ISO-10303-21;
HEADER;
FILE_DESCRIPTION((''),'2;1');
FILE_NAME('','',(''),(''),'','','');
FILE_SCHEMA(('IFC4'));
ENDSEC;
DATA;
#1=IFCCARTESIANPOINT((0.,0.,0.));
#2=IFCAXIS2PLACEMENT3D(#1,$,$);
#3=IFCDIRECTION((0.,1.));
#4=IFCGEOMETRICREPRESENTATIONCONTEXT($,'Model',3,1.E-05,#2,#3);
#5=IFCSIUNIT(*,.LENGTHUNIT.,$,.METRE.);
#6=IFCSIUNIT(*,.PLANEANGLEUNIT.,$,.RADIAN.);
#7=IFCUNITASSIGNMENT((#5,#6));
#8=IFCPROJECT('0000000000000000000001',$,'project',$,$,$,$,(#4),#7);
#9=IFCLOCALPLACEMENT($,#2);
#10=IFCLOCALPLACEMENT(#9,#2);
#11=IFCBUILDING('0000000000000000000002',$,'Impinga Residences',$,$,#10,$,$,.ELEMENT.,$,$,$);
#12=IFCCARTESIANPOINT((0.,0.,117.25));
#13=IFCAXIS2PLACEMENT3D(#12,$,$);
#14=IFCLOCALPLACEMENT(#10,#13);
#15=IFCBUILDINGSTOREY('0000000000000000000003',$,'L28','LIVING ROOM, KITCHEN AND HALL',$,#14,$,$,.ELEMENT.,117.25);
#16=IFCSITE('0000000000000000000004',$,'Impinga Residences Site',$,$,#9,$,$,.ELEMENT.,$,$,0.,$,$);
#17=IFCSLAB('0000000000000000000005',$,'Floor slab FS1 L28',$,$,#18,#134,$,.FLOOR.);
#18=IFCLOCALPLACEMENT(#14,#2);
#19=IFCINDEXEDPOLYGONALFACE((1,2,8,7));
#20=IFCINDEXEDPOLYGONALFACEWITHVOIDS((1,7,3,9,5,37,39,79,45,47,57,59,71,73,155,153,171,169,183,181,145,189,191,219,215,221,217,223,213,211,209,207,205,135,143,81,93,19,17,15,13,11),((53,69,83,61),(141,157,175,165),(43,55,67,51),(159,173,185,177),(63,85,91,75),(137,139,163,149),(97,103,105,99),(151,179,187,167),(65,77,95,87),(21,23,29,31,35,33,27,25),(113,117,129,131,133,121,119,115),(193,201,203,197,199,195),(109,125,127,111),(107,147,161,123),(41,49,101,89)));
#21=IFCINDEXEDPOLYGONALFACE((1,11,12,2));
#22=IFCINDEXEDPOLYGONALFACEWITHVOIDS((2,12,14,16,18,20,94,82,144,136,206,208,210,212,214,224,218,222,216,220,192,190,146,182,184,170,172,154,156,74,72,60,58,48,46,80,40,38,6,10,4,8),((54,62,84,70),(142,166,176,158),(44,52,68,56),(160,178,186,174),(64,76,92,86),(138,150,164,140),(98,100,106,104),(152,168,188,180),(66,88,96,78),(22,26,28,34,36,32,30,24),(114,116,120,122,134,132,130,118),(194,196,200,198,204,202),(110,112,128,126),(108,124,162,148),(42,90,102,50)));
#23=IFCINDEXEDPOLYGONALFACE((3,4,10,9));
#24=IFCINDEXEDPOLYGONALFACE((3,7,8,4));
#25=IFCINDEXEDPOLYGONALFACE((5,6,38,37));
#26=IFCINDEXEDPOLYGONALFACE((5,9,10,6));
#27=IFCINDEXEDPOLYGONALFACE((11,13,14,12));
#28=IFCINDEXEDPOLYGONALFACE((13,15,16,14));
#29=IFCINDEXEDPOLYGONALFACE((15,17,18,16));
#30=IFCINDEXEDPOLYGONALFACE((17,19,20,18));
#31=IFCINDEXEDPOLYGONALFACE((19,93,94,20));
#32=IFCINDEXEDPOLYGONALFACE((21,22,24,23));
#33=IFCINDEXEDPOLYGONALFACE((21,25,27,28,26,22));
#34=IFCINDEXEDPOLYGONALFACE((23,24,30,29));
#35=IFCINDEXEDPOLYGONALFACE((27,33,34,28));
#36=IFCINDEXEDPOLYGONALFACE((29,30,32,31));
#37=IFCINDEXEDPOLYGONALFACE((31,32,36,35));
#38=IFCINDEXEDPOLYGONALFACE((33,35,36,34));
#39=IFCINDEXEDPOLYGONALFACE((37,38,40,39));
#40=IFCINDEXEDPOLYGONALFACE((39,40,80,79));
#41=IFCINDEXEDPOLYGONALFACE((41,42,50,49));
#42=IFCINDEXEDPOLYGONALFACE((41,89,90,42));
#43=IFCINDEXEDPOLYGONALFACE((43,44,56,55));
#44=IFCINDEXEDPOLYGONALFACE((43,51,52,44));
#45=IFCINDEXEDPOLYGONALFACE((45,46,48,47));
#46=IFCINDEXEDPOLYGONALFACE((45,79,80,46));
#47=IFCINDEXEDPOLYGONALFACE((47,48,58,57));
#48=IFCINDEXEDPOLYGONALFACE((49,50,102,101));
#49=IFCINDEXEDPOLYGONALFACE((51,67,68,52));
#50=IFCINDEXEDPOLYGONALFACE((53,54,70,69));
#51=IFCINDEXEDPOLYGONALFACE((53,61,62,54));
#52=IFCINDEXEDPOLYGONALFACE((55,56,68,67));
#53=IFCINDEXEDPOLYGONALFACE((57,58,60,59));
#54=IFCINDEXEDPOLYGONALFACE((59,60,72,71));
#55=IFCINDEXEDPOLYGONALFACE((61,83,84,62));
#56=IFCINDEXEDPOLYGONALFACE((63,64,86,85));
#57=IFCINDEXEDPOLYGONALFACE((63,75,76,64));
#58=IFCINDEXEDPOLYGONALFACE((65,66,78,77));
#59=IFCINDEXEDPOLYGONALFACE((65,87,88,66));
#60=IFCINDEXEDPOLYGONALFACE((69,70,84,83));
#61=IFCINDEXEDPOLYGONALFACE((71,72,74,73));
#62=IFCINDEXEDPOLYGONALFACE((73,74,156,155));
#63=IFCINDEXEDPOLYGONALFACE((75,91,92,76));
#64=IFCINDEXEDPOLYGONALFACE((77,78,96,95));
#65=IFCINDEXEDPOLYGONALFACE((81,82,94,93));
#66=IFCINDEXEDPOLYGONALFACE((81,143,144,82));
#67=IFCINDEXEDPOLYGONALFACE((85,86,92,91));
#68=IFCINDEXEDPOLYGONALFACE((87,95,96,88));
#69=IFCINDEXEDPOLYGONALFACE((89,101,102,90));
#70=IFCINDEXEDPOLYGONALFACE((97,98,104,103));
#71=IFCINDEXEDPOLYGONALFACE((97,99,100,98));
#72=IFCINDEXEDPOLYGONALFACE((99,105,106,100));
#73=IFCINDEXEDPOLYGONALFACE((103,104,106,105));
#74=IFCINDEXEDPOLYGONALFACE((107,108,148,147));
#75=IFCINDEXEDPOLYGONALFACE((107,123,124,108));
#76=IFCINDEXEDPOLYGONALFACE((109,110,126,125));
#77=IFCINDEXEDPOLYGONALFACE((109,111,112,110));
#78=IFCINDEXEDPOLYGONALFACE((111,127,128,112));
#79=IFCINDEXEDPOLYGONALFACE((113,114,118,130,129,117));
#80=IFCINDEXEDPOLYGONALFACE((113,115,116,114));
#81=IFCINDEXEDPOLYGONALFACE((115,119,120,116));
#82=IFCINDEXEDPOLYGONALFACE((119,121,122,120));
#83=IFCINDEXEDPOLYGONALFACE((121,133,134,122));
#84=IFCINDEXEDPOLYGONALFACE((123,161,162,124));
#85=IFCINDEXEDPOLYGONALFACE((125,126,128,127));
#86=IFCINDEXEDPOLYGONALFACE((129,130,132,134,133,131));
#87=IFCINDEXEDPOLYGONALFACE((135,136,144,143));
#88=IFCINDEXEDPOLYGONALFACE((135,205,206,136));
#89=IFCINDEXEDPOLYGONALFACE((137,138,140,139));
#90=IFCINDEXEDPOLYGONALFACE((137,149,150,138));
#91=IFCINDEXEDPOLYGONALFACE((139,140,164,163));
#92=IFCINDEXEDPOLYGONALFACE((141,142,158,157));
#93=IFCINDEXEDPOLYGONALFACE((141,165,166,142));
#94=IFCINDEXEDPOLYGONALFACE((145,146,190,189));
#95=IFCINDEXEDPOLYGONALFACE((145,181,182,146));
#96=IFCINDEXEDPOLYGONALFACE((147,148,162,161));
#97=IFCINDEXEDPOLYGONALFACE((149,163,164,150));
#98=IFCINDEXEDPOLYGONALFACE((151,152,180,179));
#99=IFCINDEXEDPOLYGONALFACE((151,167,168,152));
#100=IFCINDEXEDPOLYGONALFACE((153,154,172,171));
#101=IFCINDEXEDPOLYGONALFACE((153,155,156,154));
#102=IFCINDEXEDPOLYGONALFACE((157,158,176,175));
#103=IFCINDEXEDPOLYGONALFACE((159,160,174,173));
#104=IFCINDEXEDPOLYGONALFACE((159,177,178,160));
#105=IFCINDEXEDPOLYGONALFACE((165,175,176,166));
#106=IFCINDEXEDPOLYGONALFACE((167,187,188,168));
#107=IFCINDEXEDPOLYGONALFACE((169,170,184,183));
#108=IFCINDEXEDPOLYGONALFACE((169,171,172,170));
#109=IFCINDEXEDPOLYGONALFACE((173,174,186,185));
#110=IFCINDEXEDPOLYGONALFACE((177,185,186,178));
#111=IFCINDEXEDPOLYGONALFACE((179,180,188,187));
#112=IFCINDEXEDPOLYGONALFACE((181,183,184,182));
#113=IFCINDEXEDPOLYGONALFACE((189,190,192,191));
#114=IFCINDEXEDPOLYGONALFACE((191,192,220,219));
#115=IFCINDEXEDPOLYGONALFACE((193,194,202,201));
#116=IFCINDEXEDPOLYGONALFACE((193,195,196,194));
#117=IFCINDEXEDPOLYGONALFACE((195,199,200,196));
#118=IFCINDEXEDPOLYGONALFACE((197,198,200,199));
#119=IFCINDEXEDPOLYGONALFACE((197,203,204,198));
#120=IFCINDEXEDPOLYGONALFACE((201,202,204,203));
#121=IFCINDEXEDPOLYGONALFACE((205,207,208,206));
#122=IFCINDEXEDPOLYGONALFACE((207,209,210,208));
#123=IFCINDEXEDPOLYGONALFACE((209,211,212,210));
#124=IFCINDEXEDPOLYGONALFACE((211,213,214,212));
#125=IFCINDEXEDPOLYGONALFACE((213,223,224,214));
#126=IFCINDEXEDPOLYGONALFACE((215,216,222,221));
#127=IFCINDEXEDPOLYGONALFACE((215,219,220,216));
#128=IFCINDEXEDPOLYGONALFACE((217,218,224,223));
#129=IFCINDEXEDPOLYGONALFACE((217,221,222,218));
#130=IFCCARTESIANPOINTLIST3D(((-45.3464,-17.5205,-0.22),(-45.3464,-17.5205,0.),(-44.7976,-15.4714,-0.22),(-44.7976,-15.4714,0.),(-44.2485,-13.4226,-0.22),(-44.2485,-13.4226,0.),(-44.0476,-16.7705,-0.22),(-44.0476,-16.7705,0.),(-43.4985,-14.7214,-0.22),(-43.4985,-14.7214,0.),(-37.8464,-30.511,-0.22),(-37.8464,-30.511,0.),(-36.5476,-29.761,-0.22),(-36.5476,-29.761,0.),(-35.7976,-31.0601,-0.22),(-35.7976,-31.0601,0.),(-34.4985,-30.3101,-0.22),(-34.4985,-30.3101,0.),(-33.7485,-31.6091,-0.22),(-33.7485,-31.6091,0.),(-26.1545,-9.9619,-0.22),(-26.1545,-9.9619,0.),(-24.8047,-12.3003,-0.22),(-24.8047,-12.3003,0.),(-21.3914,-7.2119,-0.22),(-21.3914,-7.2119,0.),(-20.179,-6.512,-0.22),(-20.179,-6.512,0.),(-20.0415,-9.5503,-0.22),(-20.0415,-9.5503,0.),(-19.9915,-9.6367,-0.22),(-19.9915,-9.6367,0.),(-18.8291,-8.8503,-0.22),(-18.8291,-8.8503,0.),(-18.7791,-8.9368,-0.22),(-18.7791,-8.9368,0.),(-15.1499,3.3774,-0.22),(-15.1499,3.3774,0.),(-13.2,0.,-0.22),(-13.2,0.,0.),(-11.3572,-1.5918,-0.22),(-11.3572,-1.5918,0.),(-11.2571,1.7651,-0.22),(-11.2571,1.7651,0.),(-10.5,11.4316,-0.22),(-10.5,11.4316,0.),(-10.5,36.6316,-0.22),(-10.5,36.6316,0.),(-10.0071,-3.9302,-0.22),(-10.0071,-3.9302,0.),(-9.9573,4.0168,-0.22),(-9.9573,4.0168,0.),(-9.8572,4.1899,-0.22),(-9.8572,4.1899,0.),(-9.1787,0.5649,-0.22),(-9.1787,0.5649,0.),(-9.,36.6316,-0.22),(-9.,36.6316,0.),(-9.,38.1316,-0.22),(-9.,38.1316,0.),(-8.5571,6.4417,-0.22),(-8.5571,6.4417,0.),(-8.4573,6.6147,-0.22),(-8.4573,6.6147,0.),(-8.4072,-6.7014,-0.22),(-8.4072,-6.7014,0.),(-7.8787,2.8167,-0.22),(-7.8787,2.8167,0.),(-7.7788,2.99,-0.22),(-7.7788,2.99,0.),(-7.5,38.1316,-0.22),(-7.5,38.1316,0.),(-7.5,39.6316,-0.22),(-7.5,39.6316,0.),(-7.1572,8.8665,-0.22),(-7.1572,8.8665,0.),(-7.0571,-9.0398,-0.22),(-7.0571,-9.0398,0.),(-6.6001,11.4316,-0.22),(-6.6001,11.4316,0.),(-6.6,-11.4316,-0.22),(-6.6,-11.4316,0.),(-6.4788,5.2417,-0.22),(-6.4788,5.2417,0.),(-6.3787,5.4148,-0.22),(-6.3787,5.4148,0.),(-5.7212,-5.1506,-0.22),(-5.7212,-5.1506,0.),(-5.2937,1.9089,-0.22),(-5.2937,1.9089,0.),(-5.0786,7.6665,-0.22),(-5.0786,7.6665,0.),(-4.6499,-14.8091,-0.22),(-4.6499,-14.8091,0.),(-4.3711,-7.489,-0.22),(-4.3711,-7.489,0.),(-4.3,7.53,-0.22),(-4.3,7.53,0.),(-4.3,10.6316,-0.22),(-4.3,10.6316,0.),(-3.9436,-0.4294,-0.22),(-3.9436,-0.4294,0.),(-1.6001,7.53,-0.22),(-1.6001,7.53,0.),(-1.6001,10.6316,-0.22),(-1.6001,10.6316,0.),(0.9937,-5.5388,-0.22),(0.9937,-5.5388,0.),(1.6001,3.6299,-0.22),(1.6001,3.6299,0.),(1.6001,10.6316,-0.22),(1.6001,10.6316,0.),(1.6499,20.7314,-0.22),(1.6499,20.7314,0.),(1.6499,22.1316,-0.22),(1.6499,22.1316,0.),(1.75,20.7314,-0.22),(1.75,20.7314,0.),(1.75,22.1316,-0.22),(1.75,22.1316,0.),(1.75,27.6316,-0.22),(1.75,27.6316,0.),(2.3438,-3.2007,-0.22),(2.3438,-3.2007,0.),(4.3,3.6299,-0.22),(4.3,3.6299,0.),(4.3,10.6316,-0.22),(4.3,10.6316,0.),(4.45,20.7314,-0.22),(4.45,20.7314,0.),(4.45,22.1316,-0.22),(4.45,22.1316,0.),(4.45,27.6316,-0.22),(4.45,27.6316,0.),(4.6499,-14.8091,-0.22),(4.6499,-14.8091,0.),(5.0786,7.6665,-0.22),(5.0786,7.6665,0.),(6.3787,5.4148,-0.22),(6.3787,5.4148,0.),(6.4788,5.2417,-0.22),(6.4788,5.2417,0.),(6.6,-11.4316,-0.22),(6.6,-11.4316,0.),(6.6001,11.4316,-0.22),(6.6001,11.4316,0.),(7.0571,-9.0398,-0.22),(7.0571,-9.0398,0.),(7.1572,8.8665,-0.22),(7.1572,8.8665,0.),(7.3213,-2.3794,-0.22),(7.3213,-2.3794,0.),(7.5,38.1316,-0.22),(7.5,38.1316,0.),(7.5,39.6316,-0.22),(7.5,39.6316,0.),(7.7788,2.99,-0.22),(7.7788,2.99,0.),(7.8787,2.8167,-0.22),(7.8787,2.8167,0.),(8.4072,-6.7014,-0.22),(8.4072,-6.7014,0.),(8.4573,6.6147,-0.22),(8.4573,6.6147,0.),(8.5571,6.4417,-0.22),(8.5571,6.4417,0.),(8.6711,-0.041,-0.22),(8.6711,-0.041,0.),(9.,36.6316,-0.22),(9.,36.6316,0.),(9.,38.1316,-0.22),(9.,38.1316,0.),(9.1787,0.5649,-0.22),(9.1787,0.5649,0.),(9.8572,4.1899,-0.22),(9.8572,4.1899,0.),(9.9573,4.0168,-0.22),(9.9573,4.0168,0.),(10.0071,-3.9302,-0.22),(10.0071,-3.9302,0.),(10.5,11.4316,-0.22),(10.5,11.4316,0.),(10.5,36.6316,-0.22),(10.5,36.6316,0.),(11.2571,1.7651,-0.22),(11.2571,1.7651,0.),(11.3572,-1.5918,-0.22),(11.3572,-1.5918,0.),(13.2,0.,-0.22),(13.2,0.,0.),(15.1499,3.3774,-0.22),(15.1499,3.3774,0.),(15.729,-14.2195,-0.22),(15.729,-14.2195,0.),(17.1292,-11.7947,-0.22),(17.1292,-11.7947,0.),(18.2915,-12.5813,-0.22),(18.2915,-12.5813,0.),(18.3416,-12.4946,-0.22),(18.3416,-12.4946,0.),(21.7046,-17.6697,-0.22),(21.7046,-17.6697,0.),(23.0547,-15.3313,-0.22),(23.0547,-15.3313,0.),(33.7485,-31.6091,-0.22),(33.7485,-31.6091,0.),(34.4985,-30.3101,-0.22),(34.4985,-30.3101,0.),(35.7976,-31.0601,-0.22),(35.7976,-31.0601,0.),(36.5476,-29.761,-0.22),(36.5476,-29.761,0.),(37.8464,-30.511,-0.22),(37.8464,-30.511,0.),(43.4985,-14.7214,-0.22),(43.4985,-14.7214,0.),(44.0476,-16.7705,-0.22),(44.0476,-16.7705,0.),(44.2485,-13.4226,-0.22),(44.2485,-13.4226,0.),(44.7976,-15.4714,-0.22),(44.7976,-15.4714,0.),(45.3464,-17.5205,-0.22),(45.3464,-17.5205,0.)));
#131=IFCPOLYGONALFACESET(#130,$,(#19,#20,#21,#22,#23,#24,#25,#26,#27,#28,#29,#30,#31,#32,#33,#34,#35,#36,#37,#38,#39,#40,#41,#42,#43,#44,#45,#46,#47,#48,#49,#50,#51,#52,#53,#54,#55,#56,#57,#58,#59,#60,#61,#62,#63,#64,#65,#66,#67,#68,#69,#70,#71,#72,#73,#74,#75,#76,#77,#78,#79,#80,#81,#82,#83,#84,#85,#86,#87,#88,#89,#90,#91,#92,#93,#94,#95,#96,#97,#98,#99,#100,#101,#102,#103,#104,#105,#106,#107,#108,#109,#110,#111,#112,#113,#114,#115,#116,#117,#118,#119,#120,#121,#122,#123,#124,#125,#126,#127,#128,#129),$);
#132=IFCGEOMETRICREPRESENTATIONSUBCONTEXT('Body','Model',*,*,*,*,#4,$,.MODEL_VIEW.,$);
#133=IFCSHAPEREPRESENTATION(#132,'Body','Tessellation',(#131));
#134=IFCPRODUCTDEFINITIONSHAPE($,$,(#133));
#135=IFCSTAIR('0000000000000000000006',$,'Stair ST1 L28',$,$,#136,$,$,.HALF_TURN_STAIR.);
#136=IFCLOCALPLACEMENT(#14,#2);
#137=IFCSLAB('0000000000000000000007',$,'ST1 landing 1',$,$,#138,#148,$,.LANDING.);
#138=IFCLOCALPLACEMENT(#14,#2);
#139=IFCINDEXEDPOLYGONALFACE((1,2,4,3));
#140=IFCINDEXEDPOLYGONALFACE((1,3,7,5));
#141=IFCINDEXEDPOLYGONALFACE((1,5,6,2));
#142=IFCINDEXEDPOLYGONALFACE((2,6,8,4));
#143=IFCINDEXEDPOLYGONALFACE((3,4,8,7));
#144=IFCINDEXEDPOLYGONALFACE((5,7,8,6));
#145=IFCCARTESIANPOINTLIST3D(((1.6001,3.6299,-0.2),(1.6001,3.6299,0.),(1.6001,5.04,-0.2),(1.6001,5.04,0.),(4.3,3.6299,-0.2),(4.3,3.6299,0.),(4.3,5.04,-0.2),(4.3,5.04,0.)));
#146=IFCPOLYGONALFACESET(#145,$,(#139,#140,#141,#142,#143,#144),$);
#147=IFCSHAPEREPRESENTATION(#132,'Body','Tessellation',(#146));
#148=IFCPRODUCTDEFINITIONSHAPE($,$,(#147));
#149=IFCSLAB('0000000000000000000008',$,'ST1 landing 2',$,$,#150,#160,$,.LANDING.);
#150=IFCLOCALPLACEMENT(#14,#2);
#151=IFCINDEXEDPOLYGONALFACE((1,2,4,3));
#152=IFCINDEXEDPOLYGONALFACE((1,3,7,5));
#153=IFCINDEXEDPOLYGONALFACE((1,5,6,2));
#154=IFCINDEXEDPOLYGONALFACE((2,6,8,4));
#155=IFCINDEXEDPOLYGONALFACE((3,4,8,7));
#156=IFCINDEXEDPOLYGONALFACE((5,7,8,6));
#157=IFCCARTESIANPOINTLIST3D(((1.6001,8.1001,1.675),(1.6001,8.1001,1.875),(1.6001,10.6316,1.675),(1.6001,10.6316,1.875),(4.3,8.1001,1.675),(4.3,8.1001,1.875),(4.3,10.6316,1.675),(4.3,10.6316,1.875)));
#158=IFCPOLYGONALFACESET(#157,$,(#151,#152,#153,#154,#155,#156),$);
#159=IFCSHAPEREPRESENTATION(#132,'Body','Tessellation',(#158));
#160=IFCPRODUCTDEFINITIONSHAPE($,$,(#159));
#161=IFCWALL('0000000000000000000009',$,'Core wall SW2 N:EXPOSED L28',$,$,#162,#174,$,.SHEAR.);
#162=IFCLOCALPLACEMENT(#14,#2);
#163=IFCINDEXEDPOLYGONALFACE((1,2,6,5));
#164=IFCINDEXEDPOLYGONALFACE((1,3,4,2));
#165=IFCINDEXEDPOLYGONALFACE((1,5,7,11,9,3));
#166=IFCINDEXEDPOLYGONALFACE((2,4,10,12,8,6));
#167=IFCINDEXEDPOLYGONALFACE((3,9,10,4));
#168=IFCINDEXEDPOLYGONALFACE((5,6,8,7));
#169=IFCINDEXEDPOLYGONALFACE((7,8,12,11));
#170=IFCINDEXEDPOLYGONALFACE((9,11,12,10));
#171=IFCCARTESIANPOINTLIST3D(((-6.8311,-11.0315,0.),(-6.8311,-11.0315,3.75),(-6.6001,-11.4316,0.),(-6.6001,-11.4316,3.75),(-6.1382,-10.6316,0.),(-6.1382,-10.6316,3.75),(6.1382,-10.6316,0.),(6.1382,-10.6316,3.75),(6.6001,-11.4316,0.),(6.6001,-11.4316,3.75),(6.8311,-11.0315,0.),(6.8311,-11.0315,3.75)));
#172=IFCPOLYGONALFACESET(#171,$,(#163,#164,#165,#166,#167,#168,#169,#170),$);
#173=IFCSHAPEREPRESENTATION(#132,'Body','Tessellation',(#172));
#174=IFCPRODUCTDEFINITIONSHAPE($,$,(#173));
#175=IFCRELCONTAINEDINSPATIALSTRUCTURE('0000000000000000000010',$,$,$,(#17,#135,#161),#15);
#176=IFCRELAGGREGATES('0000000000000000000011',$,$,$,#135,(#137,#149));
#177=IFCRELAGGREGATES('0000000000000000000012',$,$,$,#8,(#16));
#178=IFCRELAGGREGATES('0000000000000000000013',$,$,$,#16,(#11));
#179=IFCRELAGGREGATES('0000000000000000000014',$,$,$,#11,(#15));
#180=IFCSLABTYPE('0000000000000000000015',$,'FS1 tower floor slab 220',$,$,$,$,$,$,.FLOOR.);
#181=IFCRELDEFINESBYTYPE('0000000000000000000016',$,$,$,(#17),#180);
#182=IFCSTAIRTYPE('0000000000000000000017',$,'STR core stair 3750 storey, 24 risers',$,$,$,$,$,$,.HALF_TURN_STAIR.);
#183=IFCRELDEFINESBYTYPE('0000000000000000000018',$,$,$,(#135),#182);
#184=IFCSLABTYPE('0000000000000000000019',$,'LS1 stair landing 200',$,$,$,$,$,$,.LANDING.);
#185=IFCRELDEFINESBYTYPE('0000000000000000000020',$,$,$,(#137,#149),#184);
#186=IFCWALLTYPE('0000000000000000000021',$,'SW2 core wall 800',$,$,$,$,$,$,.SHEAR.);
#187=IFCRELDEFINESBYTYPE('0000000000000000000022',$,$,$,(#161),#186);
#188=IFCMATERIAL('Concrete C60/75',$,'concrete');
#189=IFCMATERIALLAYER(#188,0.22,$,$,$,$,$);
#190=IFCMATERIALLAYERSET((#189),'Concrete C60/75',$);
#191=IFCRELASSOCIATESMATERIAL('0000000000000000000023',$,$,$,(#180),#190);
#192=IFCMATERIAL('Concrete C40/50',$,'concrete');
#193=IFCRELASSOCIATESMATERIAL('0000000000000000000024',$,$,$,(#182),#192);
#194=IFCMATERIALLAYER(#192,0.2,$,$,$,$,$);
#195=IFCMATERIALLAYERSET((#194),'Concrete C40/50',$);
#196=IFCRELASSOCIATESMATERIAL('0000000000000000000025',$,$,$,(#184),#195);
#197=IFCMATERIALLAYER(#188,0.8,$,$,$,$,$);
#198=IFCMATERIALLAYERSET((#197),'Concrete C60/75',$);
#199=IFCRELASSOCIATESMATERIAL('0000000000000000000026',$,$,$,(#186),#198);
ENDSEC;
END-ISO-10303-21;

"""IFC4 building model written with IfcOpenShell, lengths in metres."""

from ifc_helpers import new_model, si_unit, direction, frame, origin, place, context, subcontext, project, spatial, polyline, outline, extrude, material, layer, layer_set, type_object, element, aggregate, save


model = new_model("IFC4")

# Units and contexts
model_context = context("Model", 3, precision=1e-05, world=origin(), true_north=direction((0.0, 1.0)))
body_context = subcontext(model_context, "Body", "Model", "MODEL_VIEW")
ifc_project = project(units=[si_unit("LENGTHUNIT", "METRE"), si_unit("PLANEANGLEUNIT", "RADIAN")], contexts=[model_context])

# Site, building, storey
site_placement = place(None, origin())
site = spatial("IfcSite", under=ifc_project, at=site_placement, Name="Impinga Residences Site", CompositionType="ELEMENT", RefElevation=0.0)
building_placement = place(site_placement, origin())
building = spatial("IfcBuilding", under=site, at=building_placement, Name="Impinga Residences", CompositionType="ELEMENT")
storey_placement = place(building_placement, frame((0.0, 0.0, 117.25)))
storey = spatial("IfcBuildingStorey", under=building, at=storey_placement, Name="L28", Description="LIVING ROOM, KITCHEN AND HALL", CompositionType="ELEMENT", Elevation=117.25)

# Slab
ifc_material_1 = material(Name="Concrete C60/75", Category="concrete")
ifc_layer_1 = layer(ifc_material_1, 0.22)
ifc_layer_set_1 = layer_set([ifc_layer_1], Name="Concrete C60/75")
slab_type_1 = type_object("IfcSlabType", Name="FS1 tower floor slab 220", PredefinedType="FLOOR", material=ifc_layer_set_1)
slab_1_placement = place(storey_placement, frame((0.0, 0.0, -0.22)))
element("IfcSlab", 1, at=slab_1_placement, inside=storey, type_object=slab_type_1, Name="Floor slab FS1 L28", PredefinedType="FLOOR", context=body_context, shape_type="SweptSolid", body=[
    extrude(outline(polyline([(-34.4985, -30.3101), (-35.7976, -31.0601), (-36.5476, -29.761), (-37.8464, -30.511), (-45.3464, -17.5205), (-44.0476, -16.7705), (-44.7976, -15.4714), (-43.4985, -14.7214), (-44.2485, -13.4226), (-15.1499, 3.3774), (-13.2, 0.0), (-6.6001, 11.4316), (-10.5, 11.4316), (-10.5, 36.6316), (-9.0, 36.6316), (-9.0, 38.1316), (-7.5, 38.1316), (-7.5, 39.6316), (7.5, 39.6316), (7.5, 38.1316), (9.0, 38.1316), (9.0, 36.6316), (10.5, 36.6316), (10.5, 11.4316), (6.6001, 11.4316), (13.2, 0.0), (15.1499, 3.3774), (44.2485, -13.4226), (43.4985, -14.7214), (44.7976, -15.4714), (44.0476, -16.7705), (45.3464, -17.5205), (37.8464, -30.511), (36.5476, -29.761), (35.7976, -31.0601), (34.4985, -30.3101), (33.7485, -31.6091), (4.6499, -14.8091), (9.9001, -5.7158), (6.6001, -11.4316), (-6.6001, -11.4316), (-9.9001, -5.7158), (-4.6499, -14.8091), (-33.7485, -31.6091), (-34.4985, -30.3101)]), holes=[polyline([(-18.7791, -8.9368), (-18.8291, -8.8503), (-18.8291, -8.8503), (-20.179, -6.512), (-21.3914, -7.2119), (-21.3914, -7.2119), (-26.1545, -9.9619), (-24.8047, -12.3003), (-20.0415, -9.5503), (-19.9915, -9.6367), (-18.7791, -8.9368)]), polyline([(-4.3711, -7.489), (-5.7212, -5.1506), (-8.4072, -6.7014), (-7.0571, -9.0398), (-4.3711, -7.489)]), polyline([(-3.9436, -0.4294), (-5.2937, 1.9089), (-11.3572, -1.5918), (-10.0071, -3.9302), (-3.9436, -0.4294)]), polyline([(-7.8787, 2.8167), (-9.9573, 4.0168), (-11.2571, 1.7651), (-9.1787, 0.5649), (-7.8787, 2.8167)]), polyline([(-6.4788, 5.2417), (-8.5571, 6.4417), (-9.8572, 4.1899), (-7.7788, 2.99), (-6.4788, 5.2417)]), polyline([(4.3, 3.6299), (4.3, 10.6316), (1.6001, 10.6316), (1.6001, 3.6299), (4.3, 3.6299)]), polyline([(-6.3787, 5.4148), (-5.0786, 7.6665), (-7.1572, 8.8665), (-8.4573, 6.6147), (-6.3787, 5.4148)]), polyline([(-4.3, 7.53), (-1.6001, 7.53), (-1.6001, 10.6316), (-4.3, 10.6316), (-4.3, 7.53)]), polyline([(4.45, 20.7314), (4.45, 22.1316), (4.45, 27.6316), (1.75, 27.6316), (1.75, 22.1316), (1.6499, 22.1316), (1.6499, 20.7314), (1.75, 20.7314), (4.45, 20.7314)]), polyline([(15.729, -14.2195), (21.7046, -17.6697), (23.0547, -15.3313), (18.2915, -12.5813), (18.3416, -12.4946), (17.1292, -11.7947), (15.729, -14.2195)]), polyline([(2.3438, -3.2007), (0.9937, -5.5388), (7.0571, -9.0398), (8.4072, -6.7014), (2.3438, -3.2007)]), polyline([(7.3213, -2.3794), (10.0071, -3.9302), (11.3572, -1.5918), (8.6711, -0.041), (7.3213, -2.3794)]), polyline([(7.8787, 2.8167), (9.1787, 0.5649), (11.2571, 1.7651), (9.9573, 4.0168), (7.8787, 2.8167)]), polyline([(6.4788, 5.2417), (7.7788, 2.99), (9.8572, 4.1899), (8.5571, 6.4417), (6.4788, 5.2417)]), polyline([(6.3787, 5.4148), (8.4573, 6.6147), (7.1572, 8.8665), (5.0786, 7.6665), (6.3787, 5.4148)])]), origin(), (0.0, 0.0, 1.0), 0.22),
])

# Stair, slabs
ifc_material_2 = material(Name="Concrete C40/50", Category="concrete")
stair_type = type_object("IfcStairType", Name="STR core stair 3750 storey, 24 risers", PredefinedType="HALF_TURN_STAIR", material=ifc_material_2)
stair_1_placement = place(storey_placement, origin())
stair_1 = element("IfcStair", 2, at=stair_1_placement, inside=storey, type_object=stair_type, Name="Stair ST1 L28", PredefinedType="HALF_TURN_STAIR")
ifc_layer_2 = layer(ifc_material_2, 0.2)
ifc_layer_set_2 = layer_set([ifc_layer_2], Name="Concrete C40/50")
slab_type_2 = type_object("IfcSlabType", Name="LS1 stair landing 200", PredefinedType="LANDING", material=ifc_layer_set_2)
slab_2_placement = place(storey_placement, frame((0.0, 0.0, -0.2)))
slab_2 = element("IfcSlab", 3, at=slab_2_placement, type_object=slab_type_2, Name="ST1 landing 1", PredefinedType="LANDING", context=body_context, shape_type="SweptSolid", body=[
    extrude(outline(polyline([(1.6001, 3.6299), (4.3, 3.6299), (4.3, 5.04), (1.6001, 5.04), (1.6001, 3.6299)])), origin(), (0.0, 0.0, 1.0), 0.2),
])
slab_3_placement = place(storey_placement, frame((0.0, 0.0, 1.675)))
slab_3 = element("IfcSlab", 4, at=slab_3_placement, type_object=slab_type_2, Name="ST1 landing 2", PredefinedType="LANDING", context=body_context, shape_type="SweptSolid", body=[
    extrude(outline(polyline([(1.6001, 8.1001), (4.3, 8.1001), (4.3, 10.6316), (1.6001, 10.6316), (1.6001, 8.1001)])), origin(), (0.0, 0.0, 1.0), 0.2),
])
aggregate(stair_1, [slab_2, slab_3])

# Wall
ifc_layer_3 = layer(ifc_material_1, 0.8)
ifc_layer_set_3 = layer_set([ifc_layer_3], Name="Concrete C60/75")
wall_type_1 = type_object("IfcWallType", Name="SW2 core wall 800", PredefinedType="SHEAR", material=ifc_layer_set_3)
wall_1_placement = place(storey_placement, origin())
element("IfcWall", 5, at=wall_1_placement, inside=storey, type_object=wall_type_1, Name="Core wall SW2 N:EXPOSED L28", PredefinedType="SHEAR", context=body_context, shape_type="SweptSolid", body=[
    extrude(outline(polyline([(-6.6001, -11.4316), (6.6001, -11.4316), (6.8311, -11.0315), (6.1382, -10.6316), (-6.1382, -10.6316), (-6.8311, -11.0315), (-6.6001, -11.4316)])), origin(), (0.0, 0.0, 1.0), 3.75),
])

save(model, "model.ifc")
